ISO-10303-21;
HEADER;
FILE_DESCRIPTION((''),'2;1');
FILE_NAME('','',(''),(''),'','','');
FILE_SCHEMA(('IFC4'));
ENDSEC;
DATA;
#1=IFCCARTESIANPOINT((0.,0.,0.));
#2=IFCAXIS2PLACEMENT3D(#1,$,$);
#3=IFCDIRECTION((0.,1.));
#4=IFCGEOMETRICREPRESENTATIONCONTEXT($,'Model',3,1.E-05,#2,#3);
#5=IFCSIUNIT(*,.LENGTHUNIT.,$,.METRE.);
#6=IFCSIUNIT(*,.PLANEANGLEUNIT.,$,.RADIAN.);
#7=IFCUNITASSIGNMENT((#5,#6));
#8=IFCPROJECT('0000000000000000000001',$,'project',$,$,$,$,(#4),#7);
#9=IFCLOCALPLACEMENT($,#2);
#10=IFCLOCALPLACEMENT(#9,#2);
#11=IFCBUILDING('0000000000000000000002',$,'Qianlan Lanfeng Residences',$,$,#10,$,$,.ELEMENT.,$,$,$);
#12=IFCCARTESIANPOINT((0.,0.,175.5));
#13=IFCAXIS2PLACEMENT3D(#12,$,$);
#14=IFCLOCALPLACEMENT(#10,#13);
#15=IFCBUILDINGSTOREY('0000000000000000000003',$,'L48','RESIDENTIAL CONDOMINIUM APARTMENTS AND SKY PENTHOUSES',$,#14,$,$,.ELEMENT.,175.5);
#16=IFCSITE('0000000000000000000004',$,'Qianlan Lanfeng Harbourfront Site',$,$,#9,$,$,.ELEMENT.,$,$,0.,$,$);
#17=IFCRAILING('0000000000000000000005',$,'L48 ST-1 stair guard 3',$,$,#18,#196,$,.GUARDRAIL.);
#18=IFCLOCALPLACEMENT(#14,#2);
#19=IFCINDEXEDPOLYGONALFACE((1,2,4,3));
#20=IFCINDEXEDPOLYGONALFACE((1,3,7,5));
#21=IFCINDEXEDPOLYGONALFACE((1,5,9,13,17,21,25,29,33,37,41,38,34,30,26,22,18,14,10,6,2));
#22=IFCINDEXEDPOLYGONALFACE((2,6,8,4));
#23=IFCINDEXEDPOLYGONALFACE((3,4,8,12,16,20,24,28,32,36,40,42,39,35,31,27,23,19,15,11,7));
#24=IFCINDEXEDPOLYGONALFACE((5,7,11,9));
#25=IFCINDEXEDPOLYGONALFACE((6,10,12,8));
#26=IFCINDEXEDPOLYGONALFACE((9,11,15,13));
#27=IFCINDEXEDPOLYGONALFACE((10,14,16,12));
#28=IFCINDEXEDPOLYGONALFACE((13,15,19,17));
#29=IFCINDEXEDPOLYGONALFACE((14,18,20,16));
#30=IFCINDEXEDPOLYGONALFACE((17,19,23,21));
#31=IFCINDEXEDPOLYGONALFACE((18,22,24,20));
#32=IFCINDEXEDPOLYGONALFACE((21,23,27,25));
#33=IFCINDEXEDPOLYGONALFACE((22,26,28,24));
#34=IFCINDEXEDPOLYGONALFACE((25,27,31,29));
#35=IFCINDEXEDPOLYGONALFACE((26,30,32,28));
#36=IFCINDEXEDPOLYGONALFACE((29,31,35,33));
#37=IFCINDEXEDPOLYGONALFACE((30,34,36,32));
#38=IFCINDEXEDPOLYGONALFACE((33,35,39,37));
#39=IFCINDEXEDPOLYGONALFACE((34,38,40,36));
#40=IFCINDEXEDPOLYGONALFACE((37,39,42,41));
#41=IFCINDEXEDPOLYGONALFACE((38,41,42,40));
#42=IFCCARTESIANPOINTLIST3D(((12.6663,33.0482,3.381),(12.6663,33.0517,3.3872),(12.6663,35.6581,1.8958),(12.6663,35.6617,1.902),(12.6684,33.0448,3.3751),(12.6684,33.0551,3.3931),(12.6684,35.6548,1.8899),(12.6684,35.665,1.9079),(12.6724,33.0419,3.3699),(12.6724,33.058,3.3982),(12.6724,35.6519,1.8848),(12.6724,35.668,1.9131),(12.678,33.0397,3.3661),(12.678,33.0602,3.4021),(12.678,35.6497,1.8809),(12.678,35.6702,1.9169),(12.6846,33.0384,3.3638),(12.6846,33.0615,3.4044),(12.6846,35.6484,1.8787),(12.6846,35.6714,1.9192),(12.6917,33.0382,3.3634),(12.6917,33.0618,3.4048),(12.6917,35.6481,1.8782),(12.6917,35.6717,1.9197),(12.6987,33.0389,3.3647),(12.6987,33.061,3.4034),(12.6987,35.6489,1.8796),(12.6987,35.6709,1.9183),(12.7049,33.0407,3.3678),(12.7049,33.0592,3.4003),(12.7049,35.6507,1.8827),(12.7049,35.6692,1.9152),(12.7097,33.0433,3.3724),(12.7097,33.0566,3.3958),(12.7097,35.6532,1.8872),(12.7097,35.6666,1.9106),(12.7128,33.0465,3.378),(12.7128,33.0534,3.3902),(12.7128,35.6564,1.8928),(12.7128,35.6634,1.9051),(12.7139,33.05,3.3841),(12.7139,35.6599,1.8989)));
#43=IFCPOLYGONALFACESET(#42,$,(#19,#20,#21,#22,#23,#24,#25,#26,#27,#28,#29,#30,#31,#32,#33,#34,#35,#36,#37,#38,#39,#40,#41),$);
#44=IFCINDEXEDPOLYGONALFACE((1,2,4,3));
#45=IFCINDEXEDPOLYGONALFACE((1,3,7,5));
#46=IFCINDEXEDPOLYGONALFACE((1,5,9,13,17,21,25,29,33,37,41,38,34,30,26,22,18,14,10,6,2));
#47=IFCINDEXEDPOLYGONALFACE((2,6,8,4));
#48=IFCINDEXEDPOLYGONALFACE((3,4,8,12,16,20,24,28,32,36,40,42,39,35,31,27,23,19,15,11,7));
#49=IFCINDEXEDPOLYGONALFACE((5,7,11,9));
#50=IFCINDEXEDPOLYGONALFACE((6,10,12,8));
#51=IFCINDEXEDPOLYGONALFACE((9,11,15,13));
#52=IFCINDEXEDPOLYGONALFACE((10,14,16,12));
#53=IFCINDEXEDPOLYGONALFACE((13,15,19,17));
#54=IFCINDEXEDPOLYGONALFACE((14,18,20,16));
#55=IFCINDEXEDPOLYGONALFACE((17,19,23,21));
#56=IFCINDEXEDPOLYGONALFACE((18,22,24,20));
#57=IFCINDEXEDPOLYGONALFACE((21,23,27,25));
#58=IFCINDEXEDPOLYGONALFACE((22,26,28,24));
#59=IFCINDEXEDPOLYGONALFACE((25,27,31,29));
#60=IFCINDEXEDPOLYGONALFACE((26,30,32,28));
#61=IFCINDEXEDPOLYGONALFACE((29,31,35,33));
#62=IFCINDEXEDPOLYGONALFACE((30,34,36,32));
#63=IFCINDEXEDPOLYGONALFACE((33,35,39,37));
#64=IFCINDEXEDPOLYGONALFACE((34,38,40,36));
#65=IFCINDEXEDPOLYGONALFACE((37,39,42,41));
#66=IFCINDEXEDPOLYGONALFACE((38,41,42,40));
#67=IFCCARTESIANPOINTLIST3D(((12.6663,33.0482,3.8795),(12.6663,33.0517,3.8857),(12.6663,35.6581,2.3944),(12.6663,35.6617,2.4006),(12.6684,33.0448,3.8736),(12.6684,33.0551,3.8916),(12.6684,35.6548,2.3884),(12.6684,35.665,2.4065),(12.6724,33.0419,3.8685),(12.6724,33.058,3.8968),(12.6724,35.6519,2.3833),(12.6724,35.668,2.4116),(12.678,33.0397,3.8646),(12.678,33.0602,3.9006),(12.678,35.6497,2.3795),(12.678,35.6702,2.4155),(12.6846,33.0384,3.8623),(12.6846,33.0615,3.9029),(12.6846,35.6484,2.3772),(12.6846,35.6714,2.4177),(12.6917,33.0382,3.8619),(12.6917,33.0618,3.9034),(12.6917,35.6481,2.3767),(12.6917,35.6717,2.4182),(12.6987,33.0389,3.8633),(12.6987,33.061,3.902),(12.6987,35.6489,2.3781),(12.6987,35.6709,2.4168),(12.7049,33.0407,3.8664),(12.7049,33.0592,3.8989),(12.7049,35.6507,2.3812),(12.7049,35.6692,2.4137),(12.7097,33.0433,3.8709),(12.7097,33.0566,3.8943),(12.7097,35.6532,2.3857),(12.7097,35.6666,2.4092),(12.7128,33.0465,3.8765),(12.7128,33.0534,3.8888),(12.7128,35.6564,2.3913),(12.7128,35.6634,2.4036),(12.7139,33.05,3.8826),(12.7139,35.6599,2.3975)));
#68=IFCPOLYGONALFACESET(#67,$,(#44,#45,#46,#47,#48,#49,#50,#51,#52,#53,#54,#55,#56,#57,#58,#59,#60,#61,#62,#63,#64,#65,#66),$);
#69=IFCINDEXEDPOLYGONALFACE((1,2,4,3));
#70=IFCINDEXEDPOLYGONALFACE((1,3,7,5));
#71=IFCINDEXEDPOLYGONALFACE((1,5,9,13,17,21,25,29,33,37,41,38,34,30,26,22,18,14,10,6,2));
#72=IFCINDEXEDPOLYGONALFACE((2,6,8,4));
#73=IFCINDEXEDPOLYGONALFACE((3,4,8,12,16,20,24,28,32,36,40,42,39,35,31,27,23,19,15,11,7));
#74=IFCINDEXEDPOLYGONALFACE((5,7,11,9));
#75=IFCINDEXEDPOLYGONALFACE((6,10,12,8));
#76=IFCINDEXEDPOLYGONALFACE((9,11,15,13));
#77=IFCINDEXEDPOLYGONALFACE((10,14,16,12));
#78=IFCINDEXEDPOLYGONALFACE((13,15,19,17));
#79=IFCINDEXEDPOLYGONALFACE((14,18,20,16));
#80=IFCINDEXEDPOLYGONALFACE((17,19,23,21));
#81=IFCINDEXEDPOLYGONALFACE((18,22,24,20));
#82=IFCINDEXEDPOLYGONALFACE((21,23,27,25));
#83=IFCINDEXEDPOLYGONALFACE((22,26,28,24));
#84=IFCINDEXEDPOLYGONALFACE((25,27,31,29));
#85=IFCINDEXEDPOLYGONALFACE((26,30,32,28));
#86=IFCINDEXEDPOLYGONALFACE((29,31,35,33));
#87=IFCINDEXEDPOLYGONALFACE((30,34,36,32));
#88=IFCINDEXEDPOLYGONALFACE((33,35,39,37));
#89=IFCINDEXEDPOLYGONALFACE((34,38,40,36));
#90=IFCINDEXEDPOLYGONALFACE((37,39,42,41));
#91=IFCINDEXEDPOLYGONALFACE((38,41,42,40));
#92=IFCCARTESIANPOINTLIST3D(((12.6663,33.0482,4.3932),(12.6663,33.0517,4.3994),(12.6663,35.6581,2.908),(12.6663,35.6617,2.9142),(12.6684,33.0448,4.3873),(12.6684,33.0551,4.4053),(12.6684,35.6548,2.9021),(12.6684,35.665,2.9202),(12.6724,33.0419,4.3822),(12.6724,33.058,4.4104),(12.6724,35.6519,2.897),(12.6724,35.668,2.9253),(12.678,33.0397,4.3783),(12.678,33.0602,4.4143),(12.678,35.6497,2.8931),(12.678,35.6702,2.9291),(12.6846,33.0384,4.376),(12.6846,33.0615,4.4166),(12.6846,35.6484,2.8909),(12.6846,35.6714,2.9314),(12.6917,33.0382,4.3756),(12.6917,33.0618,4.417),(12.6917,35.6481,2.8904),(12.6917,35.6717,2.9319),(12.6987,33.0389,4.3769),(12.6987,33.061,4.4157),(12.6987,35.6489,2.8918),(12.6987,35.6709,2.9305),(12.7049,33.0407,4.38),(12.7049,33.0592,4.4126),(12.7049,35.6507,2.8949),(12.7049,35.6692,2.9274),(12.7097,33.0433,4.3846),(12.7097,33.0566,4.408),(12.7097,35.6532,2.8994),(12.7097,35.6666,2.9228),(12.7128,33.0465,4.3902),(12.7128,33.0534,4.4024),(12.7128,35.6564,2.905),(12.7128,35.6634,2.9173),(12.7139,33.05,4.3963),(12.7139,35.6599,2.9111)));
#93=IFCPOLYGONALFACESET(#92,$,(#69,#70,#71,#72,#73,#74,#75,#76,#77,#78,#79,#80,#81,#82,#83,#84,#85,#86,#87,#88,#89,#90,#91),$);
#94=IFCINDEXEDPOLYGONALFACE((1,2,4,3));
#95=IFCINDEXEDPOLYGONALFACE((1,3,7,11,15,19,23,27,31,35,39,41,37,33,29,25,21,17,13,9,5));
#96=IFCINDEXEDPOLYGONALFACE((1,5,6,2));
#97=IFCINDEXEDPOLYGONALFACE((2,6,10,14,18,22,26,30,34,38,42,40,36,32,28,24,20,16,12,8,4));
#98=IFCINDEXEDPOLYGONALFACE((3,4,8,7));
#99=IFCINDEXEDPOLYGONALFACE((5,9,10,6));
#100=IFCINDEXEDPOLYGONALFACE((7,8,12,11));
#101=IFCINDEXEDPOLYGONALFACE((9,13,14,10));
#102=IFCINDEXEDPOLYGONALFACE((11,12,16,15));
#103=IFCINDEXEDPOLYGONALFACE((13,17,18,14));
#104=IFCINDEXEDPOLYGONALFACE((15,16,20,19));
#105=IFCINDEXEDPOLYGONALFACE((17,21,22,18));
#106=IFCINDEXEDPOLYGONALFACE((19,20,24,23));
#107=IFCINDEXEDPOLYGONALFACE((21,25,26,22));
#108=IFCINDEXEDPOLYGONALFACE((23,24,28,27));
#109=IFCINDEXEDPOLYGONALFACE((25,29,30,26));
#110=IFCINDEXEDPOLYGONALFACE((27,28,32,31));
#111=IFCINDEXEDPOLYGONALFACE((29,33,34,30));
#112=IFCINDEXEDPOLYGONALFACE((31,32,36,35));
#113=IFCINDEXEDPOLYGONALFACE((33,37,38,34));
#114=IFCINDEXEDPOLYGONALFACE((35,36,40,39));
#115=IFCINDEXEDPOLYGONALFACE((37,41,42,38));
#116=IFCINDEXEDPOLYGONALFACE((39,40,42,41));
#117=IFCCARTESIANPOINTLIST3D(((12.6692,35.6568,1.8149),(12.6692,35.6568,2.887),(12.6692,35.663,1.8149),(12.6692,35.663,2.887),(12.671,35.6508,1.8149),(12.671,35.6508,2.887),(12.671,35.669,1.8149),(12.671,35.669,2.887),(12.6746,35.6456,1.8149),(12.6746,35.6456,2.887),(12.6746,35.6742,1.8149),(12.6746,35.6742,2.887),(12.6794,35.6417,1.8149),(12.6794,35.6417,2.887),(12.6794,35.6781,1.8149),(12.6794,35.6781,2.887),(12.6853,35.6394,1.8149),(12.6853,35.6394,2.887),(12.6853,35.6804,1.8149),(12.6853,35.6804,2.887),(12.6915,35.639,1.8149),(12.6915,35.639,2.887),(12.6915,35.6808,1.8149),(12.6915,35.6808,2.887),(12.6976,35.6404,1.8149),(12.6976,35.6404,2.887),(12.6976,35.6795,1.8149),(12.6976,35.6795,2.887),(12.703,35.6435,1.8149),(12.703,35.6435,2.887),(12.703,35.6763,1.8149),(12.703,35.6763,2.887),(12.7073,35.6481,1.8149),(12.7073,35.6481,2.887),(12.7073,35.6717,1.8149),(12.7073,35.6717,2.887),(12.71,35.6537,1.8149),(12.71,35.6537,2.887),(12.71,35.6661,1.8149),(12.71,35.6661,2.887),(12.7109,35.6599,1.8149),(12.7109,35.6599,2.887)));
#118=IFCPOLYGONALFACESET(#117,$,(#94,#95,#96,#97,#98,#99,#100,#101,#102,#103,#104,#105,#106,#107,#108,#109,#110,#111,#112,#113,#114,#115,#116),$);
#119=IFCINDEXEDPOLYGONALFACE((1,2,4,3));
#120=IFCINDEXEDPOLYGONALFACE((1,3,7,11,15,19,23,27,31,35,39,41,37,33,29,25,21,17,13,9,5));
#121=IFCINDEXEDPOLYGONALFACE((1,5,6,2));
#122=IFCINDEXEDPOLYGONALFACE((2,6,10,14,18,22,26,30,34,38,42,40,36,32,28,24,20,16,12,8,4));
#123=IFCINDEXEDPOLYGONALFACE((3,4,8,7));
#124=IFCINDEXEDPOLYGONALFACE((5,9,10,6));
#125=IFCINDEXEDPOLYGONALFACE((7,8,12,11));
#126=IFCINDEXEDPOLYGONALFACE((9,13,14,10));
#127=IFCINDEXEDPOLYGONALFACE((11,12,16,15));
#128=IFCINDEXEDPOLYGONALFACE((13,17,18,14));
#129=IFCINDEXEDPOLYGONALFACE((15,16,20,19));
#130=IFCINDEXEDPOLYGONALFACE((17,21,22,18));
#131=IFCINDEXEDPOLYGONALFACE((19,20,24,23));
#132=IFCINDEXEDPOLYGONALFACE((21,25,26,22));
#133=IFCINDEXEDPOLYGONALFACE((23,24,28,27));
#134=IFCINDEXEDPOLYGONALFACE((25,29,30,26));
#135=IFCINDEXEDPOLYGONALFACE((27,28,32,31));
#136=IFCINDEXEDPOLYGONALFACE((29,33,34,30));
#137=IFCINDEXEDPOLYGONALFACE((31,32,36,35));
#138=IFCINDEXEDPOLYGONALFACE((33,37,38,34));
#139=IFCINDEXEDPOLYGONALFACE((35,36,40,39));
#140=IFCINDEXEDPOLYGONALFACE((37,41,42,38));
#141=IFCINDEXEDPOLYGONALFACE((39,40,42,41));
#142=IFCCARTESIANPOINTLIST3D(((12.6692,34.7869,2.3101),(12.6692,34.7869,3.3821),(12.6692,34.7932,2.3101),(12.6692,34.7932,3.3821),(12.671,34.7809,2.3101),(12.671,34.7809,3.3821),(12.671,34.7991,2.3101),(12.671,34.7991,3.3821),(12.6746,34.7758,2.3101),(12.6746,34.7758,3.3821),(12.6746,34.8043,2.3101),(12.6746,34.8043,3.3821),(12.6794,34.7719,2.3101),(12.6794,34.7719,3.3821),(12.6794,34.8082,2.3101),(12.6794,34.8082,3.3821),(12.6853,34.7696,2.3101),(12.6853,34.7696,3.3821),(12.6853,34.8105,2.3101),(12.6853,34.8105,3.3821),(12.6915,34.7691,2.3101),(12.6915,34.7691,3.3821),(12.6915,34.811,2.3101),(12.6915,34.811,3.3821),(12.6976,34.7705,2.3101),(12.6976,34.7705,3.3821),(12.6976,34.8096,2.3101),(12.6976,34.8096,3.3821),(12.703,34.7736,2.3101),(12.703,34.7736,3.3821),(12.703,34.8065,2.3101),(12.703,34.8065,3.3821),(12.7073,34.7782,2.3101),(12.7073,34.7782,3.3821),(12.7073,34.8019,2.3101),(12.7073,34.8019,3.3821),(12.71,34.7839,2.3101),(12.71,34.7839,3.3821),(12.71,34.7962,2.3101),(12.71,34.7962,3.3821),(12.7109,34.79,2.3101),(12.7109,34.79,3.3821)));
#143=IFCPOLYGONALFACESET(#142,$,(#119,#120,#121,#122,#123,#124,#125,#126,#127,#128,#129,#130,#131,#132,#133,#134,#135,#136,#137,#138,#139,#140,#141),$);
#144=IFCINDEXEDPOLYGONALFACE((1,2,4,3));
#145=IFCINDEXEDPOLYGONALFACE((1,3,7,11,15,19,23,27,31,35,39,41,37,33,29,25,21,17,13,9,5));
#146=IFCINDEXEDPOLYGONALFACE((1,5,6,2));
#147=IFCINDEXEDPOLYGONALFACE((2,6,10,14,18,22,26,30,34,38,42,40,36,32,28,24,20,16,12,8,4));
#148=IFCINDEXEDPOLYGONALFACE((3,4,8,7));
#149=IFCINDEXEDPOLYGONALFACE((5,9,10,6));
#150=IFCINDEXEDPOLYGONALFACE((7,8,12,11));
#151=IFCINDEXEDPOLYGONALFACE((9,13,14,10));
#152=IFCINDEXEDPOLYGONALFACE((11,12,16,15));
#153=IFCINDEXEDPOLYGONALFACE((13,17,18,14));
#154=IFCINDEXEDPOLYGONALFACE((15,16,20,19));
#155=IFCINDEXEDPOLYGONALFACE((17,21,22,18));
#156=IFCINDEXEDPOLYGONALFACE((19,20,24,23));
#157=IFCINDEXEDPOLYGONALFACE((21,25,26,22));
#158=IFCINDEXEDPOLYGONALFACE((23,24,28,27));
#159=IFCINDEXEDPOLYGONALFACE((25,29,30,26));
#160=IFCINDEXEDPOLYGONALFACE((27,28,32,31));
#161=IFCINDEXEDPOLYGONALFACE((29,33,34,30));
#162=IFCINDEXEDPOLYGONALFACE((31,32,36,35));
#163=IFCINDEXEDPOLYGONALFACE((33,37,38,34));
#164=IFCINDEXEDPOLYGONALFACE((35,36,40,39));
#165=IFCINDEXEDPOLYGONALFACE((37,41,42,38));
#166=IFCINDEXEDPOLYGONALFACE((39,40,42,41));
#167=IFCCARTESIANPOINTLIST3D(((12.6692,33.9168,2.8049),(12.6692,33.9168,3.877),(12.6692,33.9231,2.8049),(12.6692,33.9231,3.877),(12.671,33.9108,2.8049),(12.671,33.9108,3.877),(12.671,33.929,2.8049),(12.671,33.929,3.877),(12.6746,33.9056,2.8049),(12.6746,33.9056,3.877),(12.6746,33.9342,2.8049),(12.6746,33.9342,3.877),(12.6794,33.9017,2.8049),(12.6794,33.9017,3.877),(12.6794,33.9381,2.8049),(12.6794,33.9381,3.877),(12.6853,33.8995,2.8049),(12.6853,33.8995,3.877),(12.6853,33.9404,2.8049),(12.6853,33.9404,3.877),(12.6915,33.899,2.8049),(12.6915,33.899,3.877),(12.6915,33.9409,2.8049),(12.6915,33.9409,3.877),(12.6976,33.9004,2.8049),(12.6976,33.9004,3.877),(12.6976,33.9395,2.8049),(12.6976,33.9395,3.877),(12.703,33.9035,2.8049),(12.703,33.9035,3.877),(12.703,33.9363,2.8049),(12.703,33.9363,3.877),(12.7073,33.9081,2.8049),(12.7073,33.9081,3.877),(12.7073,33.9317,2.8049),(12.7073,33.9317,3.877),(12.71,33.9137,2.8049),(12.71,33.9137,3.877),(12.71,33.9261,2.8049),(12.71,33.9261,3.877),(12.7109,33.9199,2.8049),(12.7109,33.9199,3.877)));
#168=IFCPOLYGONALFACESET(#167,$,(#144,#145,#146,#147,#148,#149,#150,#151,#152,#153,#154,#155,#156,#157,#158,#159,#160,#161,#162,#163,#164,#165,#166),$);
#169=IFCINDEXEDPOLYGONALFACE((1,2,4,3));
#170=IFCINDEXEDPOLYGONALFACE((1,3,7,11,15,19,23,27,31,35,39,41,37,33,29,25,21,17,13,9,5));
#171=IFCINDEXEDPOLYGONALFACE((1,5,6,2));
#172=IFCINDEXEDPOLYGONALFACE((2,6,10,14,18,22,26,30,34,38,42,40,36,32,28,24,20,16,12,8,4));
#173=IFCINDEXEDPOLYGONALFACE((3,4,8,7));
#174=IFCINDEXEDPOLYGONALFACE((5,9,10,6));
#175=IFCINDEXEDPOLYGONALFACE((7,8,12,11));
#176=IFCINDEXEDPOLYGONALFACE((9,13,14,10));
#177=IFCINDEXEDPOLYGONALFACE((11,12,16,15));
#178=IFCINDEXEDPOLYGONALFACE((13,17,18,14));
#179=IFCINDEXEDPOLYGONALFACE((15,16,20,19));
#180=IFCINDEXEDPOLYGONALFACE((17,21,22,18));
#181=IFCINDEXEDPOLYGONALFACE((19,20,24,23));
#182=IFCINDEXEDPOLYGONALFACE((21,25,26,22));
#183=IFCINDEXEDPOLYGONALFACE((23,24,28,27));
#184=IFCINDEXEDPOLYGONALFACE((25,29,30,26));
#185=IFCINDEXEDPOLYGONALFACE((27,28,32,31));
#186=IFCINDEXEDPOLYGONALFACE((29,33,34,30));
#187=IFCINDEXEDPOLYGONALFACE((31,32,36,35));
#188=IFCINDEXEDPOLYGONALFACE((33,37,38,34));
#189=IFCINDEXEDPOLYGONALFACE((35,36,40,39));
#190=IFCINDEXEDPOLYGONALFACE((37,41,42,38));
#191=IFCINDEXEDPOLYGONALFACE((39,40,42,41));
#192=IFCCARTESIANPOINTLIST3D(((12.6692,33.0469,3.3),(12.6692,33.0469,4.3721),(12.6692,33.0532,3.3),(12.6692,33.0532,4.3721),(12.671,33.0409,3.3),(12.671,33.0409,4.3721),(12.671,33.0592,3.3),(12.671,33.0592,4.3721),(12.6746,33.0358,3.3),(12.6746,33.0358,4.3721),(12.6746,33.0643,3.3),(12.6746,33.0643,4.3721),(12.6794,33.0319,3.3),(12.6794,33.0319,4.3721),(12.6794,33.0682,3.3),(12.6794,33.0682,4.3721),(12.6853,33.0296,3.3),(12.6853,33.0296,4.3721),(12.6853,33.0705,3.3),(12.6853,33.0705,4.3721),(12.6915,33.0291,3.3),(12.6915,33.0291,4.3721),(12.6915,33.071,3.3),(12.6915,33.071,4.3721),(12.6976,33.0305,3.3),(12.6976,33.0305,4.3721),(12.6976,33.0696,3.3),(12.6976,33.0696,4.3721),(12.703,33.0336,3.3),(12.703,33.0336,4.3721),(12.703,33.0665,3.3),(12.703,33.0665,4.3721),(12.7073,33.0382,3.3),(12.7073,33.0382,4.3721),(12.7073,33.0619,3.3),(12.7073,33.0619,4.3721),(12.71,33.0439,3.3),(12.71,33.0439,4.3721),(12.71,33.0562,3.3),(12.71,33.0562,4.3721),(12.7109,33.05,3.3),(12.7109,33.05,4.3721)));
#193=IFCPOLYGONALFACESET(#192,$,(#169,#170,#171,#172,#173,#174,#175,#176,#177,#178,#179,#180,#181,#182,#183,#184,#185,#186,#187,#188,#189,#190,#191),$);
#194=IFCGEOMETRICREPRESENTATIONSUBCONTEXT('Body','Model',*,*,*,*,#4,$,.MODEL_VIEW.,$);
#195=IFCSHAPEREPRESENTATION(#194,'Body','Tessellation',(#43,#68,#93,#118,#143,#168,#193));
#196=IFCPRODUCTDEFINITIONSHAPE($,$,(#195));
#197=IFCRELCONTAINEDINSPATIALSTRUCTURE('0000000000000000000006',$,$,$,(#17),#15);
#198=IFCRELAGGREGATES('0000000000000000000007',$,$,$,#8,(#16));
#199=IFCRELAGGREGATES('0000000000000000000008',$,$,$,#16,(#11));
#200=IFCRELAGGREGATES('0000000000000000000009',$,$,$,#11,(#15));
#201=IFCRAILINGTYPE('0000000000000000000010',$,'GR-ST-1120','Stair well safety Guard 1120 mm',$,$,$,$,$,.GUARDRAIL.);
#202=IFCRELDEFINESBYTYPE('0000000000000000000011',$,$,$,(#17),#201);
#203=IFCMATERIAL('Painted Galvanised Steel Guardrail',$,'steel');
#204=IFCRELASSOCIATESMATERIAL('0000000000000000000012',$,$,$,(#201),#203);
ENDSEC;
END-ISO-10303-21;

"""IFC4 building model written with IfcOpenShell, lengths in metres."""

from ifc_helpers import new_model, si_unit, direction, frame, origin, origin_2d, place, context, subcontext, project, spatial, circle, extrude, material, type_object, element, save


model = new_model("IFC4")

# Units and contexts
model_context = context("Model", 3, precision=1e-05, world=origin(), true_north=direction((0.0, 1.0)))
body_context = subcontext(model_context, "Body", "Model", "MODEL_VIEW")
ifc_project = project(units=[si_unit("LENGTHUNIT", "METRE"), si_unit("PLANEANGLEUNIT", "RADIAN")], contexts=[model_context])

# Site, building, storey
site_placement = place(None, origin())
site = spatial("IfcSite", under=ifc_project, at=site_placement, Name="Qianlan Lanfeng Harbourfront Site", CompositionType="ELEMENT", RefElevation=0.0)
building_placement = place(site_placement, origin())
building = spatial("IfcBuilding", under=site, at=building_placement, Name="Qianlan Lanfeng Residences", CompositionType="ELEMENT")
storey_placement = place(building_placement, frame((0.0, 0.0, 175.5)))
storey = spatial("IfcBuildingStorey", under=building, at=storey_placement, Name="L48", Description="RESIDENTIAL CONDOMINIUM APARTMENTS AND SKY PENTHOUSES", CompositionType="ELEMENT", Elevation=175.5)

# Railing
ifc_material_1 = material(Name="Painted Galvanised Steel Guardrail", Category="steel")
railing_type_1 = type_object("IfcRailingType", Name="GR-ST-1120", Description="Stair well safety Guard 1120 mm", PredefinedType="GUARDRAIL", material=ifc_material_1)
railing_1_placement = place(storey_placement, frame((12.6899, 35.6599, 1.8149)))
element("IfcRailing", 1, at=railing_1_placement, inside=storey, type_object=railing_type_1, Name="L48 ST-1 stair guard 3", PredefinedType="GUARDRAIL", context=body_context, shape_type="SweptSolid", body=[
    extrude(circle(Radius=0.0239, at=origin_2d()), frame((0.0, 0.0, 0.084), z_axis=(0.0, -0.869137, 0.494571), x_axis=(1.0, 0.0, 0.0)), (0.0, 0.0, 1.0), 3.0029),
    extrude(circle(Radius=0.0239, at=origin_2d()), frame((0.0, 0.0, 0.5825), z_axis=(0.0, -0.869137, 0.494571), x_axis=(1.0, 0.0, 0.0)), (0.0, 0.0, 1.0), 3.0029),
    extrude(circle(Radius=0.0239, at=origin_2d()), frame((0.0, 0.0, 1.0962), z_axis=(0.0, -0.869137, 0.494571), x_axis=(1.0, 0.0, 0.0)), (0.0, 0.0, 1.0), 3.0029),
    extrude(circle(Radius=0.021, at=origin_2d()), origin(), (0.0, 0.0, 1.0), 1.072),
    extrude(circle(Radius=0.021, at=origin_2d()), frame((0.0, -0.8699, 0.4951)), (0.0, 0.0, 1.0), 1.072),
    extrude(circle(Radius=0.021, at=origin_2d()), frame((0.0, -1.74, 0.99)), (0.0, 0.0, 1.0), 1.072),
    extrude(circle(Radius=0.021, at=origin_2d()), frame((0.0, -2.6099, 1.4851)), (0.0, 0.0, 1.0), 1.072),
])

save(model, "model.ifc")
